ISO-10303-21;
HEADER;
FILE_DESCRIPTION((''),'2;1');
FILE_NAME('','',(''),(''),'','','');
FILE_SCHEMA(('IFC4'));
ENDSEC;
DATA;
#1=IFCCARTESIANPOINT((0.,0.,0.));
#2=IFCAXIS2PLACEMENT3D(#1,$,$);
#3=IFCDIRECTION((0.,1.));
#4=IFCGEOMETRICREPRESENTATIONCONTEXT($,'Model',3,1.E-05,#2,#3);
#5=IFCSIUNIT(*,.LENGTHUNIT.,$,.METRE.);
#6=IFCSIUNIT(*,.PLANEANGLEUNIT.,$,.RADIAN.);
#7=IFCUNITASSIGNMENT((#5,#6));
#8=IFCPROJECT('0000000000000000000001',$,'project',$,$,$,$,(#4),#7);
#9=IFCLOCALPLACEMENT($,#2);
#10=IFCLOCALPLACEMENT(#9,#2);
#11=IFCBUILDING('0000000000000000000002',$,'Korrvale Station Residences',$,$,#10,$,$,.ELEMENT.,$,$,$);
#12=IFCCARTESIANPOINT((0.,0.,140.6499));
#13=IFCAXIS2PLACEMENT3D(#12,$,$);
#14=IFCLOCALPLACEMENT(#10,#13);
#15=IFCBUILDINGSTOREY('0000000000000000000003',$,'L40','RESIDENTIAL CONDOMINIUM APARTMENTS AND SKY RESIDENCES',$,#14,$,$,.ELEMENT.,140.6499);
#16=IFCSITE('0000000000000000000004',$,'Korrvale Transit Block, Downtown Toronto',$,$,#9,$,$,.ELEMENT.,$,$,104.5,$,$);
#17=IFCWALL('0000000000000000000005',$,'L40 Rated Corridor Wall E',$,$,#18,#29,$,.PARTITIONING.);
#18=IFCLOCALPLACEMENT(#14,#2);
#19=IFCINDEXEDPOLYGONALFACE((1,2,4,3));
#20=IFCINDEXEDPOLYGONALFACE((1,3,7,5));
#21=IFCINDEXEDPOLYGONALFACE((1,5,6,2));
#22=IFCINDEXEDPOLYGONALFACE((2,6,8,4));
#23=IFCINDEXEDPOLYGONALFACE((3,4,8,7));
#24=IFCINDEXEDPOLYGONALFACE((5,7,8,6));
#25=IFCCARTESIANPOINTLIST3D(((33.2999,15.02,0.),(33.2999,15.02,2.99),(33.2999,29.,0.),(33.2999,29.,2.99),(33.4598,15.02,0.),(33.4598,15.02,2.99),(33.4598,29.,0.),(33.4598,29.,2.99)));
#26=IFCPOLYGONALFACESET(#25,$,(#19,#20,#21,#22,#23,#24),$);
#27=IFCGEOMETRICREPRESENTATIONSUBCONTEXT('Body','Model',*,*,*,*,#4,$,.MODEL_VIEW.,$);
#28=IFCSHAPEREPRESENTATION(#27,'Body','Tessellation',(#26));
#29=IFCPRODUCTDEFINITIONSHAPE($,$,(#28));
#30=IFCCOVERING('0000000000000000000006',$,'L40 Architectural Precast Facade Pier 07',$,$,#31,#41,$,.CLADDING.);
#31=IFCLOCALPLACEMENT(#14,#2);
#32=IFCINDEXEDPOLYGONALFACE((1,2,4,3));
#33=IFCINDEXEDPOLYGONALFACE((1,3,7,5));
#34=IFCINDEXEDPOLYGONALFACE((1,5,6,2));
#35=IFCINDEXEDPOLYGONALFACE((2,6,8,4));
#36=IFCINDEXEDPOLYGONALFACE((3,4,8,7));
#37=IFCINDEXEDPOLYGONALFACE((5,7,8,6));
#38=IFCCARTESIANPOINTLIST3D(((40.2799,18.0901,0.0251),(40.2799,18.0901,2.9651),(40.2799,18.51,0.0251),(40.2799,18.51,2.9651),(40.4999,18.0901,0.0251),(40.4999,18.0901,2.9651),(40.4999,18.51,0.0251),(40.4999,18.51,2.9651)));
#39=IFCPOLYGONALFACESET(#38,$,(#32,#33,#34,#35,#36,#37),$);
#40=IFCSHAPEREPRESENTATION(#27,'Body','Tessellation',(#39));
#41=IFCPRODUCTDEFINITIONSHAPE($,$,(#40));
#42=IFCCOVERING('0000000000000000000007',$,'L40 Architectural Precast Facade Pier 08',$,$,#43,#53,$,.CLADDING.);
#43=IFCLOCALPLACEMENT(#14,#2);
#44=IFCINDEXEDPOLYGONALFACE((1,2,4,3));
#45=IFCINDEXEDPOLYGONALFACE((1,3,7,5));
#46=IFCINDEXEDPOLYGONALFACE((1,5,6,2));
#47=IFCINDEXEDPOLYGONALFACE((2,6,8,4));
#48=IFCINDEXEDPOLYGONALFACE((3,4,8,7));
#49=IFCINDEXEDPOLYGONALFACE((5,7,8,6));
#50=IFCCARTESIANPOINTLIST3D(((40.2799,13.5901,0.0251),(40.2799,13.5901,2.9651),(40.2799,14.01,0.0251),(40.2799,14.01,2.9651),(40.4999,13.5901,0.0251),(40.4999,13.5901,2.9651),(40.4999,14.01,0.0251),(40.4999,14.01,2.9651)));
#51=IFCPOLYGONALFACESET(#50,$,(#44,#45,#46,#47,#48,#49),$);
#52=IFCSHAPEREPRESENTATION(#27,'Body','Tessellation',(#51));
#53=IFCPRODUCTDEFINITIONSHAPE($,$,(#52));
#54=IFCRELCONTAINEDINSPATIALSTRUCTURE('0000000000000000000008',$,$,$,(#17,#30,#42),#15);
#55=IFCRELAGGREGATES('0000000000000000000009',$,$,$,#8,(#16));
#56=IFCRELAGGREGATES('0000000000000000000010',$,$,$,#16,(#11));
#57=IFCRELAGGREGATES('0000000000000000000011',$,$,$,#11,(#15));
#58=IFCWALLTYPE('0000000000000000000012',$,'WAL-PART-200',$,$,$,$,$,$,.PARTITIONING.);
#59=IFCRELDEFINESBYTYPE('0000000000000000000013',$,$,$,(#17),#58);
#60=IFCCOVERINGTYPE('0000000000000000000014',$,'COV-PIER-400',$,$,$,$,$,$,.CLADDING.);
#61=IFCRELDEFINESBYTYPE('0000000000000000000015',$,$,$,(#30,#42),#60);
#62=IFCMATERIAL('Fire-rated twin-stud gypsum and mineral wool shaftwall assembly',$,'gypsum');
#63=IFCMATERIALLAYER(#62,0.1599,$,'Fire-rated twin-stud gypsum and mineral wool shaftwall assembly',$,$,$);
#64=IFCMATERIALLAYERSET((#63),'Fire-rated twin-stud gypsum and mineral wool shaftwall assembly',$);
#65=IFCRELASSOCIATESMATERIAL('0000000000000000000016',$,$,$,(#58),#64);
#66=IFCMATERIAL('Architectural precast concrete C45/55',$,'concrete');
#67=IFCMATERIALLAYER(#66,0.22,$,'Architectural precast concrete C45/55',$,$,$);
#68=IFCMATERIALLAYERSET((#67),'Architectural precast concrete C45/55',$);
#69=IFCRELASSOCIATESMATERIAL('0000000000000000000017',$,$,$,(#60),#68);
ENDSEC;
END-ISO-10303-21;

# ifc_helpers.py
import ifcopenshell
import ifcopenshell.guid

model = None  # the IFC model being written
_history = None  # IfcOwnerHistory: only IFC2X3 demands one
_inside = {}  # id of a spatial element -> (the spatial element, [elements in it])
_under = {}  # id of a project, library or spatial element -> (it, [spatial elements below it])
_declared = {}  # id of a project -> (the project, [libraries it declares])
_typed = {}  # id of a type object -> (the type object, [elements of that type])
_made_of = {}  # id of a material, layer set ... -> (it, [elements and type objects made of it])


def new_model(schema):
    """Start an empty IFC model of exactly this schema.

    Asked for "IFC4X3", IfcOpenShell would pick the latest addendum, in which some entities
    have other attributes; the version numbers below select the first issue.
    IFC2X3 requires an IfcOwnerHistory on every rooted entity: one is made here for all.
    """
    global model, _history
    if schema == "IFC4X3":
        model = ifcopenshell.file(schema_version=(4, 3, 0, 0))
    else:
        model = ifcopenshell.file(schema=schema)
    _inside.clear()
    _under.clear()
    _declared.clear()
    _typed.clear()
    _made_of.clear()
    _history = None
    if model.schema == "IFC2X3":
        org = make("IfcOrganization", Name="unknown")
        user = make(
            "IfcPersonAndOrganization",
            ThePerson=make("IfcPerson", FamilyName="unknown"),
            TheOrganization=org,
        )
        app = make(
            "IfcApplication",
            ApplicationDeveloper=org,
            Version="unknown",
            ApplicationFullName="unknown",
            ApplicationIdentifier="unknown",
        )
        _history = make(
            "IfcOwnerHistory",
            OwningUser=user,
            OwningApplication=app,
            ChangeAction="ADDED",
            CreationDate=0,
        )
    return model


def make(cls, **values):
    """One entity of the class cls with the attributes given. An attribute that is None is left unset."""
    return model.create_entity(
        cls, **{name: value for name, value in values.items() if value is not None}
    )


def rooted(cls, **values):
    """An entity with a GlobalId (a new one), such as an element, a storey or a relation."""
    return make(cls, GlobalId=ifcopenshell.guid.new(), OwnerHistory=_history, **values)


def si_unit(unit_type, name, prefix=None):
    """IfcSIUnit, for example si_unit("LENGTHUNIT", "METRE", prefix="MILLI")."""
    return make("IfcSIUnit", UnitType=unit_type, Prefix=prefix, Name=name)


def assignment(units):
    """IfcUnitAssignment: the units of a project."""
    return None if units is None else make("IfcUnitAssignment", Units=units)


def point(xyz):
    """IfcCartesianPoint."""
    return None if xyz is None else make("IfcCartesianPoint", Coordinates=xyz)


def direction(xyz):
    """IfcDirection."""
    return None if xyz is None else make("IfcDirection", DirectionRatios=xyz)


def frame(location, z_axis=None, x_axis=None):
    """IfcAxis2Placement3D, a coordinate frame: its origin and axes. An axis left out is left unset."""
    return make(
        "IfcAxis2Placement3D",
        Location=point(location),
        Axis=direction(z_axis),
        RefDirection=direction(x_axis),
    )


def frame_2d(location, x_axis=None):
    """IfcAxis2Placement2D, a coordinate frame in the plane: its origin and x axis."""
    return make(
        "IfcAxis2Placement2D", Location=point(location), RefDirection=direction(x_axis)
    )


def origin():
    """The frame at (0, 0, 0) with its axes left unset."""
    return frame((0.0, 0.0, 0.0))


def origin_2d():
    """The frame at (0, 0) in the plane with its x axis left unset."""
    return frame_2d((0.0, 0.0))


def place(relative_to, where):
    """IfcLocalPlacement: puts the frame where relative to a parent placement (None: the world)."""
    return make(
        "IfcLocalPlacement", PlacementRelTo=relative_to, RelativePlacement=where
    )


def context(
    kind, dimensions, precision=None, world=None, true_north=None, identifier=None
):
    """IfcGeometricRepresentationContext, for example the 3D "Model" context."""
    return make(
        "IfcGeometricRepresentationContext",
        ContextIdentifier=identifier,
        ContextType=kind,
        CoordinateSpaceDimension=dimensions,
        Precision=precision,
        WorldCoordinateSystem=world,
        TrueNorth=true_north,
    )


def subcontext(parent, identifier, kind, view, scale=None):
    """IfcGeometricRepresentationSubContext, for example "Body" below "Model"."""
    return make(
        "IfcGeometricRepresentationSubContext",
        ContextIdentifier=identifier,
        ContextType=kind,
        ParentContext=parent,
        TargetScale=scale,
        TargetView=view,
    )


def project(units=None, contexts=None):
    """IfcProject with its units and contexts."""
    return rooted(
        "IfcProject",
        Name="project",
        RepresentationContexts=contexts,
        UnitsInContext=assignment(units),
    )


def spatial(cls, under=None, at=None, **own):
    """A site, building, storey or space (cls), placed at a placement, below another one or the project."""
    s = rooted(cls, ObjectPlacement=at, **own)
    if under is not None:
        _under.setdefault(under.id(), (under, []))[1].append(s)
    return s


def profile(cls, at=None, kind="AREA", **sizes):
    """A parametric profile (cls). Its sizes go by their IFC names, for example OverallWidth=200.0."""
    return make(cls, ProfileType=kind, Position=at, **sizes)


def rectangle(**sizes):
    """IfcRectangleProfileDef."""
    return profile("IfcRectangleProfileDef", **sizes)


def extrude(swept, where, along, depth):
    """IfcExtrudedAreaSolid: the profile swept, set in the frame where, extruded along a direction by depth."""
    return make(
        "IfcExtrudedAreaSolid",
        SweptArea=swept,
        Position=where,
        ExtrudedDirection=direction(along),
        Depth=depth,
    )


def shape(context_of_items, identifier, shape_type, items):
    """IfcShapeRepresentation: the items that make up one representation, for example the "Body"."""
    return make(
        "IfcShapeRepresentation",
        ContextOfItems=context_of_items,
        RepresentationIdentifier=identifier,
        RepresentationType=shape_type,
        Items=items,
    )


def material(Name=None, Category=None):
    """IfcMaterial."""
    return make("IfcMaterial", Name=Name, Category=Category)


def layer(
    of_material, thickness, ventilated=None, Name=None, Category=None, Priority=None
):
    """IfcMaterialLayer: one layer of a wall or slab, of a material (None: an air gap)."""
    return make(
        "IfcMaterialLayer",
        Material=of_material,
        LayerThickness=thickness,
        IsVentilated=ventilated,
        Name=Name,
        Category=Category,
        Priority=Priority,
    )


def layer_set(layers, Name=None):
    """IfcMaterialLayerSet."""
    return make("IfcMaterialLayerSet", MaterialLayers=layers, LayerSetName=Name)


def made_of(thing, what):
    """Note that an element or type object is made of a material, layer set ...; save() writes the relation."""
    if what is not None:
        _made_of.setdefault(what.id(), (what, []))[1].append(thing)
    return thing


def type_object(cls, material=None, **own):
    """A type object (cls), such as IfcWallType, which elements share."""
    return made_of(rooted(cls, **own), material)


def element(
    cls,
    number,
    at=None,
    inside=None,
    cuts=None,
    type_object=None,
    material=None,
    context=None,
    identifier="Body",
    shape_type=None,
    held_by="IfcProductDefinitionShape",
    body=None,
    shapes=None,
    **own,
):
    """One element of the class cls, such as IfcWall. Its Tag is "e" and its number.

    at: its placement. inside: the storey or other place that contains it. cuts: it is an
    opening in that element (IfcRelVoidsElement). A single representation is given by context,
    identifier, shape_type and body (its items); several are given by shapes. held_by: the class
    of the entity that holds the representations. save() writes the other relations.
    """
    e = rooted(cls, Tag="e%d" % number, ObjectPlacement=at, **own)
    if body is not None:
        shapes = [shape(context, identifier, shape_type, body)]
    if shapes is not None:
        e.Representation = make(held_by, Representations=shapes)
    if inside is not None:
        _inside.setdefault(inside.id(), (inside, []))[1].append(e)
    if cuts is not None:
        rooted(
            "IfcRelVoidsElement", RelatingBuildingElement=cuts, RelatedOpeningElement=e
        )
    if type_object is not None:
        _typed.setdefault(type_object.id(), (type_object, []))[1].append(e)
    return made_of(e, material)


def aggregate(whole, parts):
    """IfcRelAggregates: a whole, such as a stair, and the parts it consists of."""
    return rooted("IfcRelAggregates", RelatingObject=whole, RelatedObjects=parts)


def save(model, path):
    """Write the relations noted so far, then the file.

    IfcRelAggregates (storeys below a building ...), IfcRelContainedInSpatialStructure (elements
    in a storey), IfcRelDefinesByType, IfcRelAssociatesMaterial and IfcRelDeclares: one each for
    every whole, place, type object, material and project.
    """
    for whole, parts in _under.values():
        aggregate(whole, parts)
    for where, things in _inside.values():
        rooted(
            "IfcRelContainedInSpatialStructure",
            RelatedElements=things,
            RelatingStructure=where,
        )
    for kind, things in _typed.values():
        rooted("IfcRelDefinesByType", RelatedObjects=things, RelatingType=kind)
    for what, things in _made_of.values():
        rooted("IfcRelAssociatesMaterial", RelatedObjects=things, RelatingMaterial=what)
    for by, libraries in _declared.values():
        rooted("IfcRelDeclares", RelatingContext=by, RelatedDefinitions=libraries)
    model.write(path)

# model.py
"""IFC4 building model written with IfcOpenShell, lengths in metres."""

from ifc_helpers import new_model, si_unit, direction, frame, frame_2d, origin, origin_2d, place, context, subcontext, project, spatial, rectangle, extrude, material, layer, layer_set, type_object, element, save


model = new_model("IFC4")

# Units and contexts
model_context = context("Model", 3, precision=1e-05, world=origin(), true_north=direction((0.0, 1.0)))
body_context = subcontext(model_context, "Body", "Model", "MODEL_VIEW")
ifc_project = project(units=[si_unit("LENGTHUNIT", "METRE"), si_unit("PLANEANGLEUNIT", "RADIAN")], contexts=[model_context])

# Site, building, storey
site_placement = place(None, origin())
site = spatial("IfcSite", under=ifc_project, at=site_placement, Name="Korrvale Transit Block, Downtown Toronto", CompositionType="ELEMENT", RefElevation=104.5)
building_placement = place(site_placement, origin())
building = spatial("IfcBuilding", under=site, at=building_placement, Name="Korrvale Station Residences", CompositionType="ELEMENT")
storey_placement = place(building_placement, frame((0.0, 0.0, 140.6499)))
storey = spatial("IfcBuildingStorey", under=building, at=storey_placement, Name="L40", Description="RESIDENTIAL CONDOMINIUM APARTMENTS AND SKY RESIDENCES", CompositionType="ELEMENT", Elevation=140.6499)

# Shared definitions
ifc_material_1 = material(Name="Fire-rated twin-stud gypsum and mineral wool shaftwall assembly", Category="gypsum")
ifc_layer_1 = layer(ifc_material_1, 0.1599, Name="Fire-rated twin-stud gypsum and mineral wool shaftwall assembly")
ifc_layer_set_1 = layer_set([ifc_layer_1], Name="Fire-rated twin-stud gypsum and mineral wool shaftwall assembly")
wall_type_1 = type_object("IfcWallType", Name="WAL-PART-200", PredefinedType="PARTITIONING", material=ifc_layer_set_1)

# Wall
wall_1_placement = place(storey_placement, frame((33.3799, 15.02, 0.0), z_axis=(0.0, 0.0, 1.0), x_axis=(0.0, 1.0, 0.0)))
element("IfcWall", 1, at=wall_1_placement, inside=storey, type_object=wall_type_1, Name="L40 Rated Corridor Wall E", PredefinedType="PARTITIONING", context=body_context, shape_type="SweptSolid", body=[
    extrude(rectangle(XDim=13.98, YDim=0.1599, at=frame_2d((6.99, 0.0))), origin(), (0.0, 0.0, 1.0), 2.99),
])

# Coverings
ifc_material_2 = material(Name="Architectural precast concrete C45/55", Category="concrete")
ifc_layer_2 = layer(ifc_material_2, 0.22, Name="Architectural precast concrete C45/55")
ifc_layer_set_2 = layer_set([ifc_layer_2], Name="Architectural precast concrete C45/55")
covering_type = type_object("IfcCoveringType", Name="COV-PIER-400", PredefinedType="CLADDING", material=ifc_layer_set_2)
for number, where, z_axis, x_axis, name in (
    (2, (40.3899, 18.3, 0.0251), (0.0, 0.0, 1.0), (0.0, 1.0, 0.0), "L40 Architectural Precast Facade Pier 07"),
    (3, (40.3899, 13.8, 0.0251), (0.0, 0.0, 1.0), (0.0, 1.0, 0.0), "L40 Architectural Precast Facade Pier 08"),
):
    element("IfcCovering", number, at=place(storey_placement, frame(where, z_axis=z_axis, x_axis=x_axis)), inside=storey, type_object=covering_type, Name=name, PredefinedType="CLADDING", context=body_context, shape_type="SweptSolid", body=[
        extrude(rectangle(XDim=0.4199, YDim=0.22, at=origin_2d()), origin(), (0.0, 0.0, 1.0), 2.9399),
    ])

save(model, "model.ifc")
